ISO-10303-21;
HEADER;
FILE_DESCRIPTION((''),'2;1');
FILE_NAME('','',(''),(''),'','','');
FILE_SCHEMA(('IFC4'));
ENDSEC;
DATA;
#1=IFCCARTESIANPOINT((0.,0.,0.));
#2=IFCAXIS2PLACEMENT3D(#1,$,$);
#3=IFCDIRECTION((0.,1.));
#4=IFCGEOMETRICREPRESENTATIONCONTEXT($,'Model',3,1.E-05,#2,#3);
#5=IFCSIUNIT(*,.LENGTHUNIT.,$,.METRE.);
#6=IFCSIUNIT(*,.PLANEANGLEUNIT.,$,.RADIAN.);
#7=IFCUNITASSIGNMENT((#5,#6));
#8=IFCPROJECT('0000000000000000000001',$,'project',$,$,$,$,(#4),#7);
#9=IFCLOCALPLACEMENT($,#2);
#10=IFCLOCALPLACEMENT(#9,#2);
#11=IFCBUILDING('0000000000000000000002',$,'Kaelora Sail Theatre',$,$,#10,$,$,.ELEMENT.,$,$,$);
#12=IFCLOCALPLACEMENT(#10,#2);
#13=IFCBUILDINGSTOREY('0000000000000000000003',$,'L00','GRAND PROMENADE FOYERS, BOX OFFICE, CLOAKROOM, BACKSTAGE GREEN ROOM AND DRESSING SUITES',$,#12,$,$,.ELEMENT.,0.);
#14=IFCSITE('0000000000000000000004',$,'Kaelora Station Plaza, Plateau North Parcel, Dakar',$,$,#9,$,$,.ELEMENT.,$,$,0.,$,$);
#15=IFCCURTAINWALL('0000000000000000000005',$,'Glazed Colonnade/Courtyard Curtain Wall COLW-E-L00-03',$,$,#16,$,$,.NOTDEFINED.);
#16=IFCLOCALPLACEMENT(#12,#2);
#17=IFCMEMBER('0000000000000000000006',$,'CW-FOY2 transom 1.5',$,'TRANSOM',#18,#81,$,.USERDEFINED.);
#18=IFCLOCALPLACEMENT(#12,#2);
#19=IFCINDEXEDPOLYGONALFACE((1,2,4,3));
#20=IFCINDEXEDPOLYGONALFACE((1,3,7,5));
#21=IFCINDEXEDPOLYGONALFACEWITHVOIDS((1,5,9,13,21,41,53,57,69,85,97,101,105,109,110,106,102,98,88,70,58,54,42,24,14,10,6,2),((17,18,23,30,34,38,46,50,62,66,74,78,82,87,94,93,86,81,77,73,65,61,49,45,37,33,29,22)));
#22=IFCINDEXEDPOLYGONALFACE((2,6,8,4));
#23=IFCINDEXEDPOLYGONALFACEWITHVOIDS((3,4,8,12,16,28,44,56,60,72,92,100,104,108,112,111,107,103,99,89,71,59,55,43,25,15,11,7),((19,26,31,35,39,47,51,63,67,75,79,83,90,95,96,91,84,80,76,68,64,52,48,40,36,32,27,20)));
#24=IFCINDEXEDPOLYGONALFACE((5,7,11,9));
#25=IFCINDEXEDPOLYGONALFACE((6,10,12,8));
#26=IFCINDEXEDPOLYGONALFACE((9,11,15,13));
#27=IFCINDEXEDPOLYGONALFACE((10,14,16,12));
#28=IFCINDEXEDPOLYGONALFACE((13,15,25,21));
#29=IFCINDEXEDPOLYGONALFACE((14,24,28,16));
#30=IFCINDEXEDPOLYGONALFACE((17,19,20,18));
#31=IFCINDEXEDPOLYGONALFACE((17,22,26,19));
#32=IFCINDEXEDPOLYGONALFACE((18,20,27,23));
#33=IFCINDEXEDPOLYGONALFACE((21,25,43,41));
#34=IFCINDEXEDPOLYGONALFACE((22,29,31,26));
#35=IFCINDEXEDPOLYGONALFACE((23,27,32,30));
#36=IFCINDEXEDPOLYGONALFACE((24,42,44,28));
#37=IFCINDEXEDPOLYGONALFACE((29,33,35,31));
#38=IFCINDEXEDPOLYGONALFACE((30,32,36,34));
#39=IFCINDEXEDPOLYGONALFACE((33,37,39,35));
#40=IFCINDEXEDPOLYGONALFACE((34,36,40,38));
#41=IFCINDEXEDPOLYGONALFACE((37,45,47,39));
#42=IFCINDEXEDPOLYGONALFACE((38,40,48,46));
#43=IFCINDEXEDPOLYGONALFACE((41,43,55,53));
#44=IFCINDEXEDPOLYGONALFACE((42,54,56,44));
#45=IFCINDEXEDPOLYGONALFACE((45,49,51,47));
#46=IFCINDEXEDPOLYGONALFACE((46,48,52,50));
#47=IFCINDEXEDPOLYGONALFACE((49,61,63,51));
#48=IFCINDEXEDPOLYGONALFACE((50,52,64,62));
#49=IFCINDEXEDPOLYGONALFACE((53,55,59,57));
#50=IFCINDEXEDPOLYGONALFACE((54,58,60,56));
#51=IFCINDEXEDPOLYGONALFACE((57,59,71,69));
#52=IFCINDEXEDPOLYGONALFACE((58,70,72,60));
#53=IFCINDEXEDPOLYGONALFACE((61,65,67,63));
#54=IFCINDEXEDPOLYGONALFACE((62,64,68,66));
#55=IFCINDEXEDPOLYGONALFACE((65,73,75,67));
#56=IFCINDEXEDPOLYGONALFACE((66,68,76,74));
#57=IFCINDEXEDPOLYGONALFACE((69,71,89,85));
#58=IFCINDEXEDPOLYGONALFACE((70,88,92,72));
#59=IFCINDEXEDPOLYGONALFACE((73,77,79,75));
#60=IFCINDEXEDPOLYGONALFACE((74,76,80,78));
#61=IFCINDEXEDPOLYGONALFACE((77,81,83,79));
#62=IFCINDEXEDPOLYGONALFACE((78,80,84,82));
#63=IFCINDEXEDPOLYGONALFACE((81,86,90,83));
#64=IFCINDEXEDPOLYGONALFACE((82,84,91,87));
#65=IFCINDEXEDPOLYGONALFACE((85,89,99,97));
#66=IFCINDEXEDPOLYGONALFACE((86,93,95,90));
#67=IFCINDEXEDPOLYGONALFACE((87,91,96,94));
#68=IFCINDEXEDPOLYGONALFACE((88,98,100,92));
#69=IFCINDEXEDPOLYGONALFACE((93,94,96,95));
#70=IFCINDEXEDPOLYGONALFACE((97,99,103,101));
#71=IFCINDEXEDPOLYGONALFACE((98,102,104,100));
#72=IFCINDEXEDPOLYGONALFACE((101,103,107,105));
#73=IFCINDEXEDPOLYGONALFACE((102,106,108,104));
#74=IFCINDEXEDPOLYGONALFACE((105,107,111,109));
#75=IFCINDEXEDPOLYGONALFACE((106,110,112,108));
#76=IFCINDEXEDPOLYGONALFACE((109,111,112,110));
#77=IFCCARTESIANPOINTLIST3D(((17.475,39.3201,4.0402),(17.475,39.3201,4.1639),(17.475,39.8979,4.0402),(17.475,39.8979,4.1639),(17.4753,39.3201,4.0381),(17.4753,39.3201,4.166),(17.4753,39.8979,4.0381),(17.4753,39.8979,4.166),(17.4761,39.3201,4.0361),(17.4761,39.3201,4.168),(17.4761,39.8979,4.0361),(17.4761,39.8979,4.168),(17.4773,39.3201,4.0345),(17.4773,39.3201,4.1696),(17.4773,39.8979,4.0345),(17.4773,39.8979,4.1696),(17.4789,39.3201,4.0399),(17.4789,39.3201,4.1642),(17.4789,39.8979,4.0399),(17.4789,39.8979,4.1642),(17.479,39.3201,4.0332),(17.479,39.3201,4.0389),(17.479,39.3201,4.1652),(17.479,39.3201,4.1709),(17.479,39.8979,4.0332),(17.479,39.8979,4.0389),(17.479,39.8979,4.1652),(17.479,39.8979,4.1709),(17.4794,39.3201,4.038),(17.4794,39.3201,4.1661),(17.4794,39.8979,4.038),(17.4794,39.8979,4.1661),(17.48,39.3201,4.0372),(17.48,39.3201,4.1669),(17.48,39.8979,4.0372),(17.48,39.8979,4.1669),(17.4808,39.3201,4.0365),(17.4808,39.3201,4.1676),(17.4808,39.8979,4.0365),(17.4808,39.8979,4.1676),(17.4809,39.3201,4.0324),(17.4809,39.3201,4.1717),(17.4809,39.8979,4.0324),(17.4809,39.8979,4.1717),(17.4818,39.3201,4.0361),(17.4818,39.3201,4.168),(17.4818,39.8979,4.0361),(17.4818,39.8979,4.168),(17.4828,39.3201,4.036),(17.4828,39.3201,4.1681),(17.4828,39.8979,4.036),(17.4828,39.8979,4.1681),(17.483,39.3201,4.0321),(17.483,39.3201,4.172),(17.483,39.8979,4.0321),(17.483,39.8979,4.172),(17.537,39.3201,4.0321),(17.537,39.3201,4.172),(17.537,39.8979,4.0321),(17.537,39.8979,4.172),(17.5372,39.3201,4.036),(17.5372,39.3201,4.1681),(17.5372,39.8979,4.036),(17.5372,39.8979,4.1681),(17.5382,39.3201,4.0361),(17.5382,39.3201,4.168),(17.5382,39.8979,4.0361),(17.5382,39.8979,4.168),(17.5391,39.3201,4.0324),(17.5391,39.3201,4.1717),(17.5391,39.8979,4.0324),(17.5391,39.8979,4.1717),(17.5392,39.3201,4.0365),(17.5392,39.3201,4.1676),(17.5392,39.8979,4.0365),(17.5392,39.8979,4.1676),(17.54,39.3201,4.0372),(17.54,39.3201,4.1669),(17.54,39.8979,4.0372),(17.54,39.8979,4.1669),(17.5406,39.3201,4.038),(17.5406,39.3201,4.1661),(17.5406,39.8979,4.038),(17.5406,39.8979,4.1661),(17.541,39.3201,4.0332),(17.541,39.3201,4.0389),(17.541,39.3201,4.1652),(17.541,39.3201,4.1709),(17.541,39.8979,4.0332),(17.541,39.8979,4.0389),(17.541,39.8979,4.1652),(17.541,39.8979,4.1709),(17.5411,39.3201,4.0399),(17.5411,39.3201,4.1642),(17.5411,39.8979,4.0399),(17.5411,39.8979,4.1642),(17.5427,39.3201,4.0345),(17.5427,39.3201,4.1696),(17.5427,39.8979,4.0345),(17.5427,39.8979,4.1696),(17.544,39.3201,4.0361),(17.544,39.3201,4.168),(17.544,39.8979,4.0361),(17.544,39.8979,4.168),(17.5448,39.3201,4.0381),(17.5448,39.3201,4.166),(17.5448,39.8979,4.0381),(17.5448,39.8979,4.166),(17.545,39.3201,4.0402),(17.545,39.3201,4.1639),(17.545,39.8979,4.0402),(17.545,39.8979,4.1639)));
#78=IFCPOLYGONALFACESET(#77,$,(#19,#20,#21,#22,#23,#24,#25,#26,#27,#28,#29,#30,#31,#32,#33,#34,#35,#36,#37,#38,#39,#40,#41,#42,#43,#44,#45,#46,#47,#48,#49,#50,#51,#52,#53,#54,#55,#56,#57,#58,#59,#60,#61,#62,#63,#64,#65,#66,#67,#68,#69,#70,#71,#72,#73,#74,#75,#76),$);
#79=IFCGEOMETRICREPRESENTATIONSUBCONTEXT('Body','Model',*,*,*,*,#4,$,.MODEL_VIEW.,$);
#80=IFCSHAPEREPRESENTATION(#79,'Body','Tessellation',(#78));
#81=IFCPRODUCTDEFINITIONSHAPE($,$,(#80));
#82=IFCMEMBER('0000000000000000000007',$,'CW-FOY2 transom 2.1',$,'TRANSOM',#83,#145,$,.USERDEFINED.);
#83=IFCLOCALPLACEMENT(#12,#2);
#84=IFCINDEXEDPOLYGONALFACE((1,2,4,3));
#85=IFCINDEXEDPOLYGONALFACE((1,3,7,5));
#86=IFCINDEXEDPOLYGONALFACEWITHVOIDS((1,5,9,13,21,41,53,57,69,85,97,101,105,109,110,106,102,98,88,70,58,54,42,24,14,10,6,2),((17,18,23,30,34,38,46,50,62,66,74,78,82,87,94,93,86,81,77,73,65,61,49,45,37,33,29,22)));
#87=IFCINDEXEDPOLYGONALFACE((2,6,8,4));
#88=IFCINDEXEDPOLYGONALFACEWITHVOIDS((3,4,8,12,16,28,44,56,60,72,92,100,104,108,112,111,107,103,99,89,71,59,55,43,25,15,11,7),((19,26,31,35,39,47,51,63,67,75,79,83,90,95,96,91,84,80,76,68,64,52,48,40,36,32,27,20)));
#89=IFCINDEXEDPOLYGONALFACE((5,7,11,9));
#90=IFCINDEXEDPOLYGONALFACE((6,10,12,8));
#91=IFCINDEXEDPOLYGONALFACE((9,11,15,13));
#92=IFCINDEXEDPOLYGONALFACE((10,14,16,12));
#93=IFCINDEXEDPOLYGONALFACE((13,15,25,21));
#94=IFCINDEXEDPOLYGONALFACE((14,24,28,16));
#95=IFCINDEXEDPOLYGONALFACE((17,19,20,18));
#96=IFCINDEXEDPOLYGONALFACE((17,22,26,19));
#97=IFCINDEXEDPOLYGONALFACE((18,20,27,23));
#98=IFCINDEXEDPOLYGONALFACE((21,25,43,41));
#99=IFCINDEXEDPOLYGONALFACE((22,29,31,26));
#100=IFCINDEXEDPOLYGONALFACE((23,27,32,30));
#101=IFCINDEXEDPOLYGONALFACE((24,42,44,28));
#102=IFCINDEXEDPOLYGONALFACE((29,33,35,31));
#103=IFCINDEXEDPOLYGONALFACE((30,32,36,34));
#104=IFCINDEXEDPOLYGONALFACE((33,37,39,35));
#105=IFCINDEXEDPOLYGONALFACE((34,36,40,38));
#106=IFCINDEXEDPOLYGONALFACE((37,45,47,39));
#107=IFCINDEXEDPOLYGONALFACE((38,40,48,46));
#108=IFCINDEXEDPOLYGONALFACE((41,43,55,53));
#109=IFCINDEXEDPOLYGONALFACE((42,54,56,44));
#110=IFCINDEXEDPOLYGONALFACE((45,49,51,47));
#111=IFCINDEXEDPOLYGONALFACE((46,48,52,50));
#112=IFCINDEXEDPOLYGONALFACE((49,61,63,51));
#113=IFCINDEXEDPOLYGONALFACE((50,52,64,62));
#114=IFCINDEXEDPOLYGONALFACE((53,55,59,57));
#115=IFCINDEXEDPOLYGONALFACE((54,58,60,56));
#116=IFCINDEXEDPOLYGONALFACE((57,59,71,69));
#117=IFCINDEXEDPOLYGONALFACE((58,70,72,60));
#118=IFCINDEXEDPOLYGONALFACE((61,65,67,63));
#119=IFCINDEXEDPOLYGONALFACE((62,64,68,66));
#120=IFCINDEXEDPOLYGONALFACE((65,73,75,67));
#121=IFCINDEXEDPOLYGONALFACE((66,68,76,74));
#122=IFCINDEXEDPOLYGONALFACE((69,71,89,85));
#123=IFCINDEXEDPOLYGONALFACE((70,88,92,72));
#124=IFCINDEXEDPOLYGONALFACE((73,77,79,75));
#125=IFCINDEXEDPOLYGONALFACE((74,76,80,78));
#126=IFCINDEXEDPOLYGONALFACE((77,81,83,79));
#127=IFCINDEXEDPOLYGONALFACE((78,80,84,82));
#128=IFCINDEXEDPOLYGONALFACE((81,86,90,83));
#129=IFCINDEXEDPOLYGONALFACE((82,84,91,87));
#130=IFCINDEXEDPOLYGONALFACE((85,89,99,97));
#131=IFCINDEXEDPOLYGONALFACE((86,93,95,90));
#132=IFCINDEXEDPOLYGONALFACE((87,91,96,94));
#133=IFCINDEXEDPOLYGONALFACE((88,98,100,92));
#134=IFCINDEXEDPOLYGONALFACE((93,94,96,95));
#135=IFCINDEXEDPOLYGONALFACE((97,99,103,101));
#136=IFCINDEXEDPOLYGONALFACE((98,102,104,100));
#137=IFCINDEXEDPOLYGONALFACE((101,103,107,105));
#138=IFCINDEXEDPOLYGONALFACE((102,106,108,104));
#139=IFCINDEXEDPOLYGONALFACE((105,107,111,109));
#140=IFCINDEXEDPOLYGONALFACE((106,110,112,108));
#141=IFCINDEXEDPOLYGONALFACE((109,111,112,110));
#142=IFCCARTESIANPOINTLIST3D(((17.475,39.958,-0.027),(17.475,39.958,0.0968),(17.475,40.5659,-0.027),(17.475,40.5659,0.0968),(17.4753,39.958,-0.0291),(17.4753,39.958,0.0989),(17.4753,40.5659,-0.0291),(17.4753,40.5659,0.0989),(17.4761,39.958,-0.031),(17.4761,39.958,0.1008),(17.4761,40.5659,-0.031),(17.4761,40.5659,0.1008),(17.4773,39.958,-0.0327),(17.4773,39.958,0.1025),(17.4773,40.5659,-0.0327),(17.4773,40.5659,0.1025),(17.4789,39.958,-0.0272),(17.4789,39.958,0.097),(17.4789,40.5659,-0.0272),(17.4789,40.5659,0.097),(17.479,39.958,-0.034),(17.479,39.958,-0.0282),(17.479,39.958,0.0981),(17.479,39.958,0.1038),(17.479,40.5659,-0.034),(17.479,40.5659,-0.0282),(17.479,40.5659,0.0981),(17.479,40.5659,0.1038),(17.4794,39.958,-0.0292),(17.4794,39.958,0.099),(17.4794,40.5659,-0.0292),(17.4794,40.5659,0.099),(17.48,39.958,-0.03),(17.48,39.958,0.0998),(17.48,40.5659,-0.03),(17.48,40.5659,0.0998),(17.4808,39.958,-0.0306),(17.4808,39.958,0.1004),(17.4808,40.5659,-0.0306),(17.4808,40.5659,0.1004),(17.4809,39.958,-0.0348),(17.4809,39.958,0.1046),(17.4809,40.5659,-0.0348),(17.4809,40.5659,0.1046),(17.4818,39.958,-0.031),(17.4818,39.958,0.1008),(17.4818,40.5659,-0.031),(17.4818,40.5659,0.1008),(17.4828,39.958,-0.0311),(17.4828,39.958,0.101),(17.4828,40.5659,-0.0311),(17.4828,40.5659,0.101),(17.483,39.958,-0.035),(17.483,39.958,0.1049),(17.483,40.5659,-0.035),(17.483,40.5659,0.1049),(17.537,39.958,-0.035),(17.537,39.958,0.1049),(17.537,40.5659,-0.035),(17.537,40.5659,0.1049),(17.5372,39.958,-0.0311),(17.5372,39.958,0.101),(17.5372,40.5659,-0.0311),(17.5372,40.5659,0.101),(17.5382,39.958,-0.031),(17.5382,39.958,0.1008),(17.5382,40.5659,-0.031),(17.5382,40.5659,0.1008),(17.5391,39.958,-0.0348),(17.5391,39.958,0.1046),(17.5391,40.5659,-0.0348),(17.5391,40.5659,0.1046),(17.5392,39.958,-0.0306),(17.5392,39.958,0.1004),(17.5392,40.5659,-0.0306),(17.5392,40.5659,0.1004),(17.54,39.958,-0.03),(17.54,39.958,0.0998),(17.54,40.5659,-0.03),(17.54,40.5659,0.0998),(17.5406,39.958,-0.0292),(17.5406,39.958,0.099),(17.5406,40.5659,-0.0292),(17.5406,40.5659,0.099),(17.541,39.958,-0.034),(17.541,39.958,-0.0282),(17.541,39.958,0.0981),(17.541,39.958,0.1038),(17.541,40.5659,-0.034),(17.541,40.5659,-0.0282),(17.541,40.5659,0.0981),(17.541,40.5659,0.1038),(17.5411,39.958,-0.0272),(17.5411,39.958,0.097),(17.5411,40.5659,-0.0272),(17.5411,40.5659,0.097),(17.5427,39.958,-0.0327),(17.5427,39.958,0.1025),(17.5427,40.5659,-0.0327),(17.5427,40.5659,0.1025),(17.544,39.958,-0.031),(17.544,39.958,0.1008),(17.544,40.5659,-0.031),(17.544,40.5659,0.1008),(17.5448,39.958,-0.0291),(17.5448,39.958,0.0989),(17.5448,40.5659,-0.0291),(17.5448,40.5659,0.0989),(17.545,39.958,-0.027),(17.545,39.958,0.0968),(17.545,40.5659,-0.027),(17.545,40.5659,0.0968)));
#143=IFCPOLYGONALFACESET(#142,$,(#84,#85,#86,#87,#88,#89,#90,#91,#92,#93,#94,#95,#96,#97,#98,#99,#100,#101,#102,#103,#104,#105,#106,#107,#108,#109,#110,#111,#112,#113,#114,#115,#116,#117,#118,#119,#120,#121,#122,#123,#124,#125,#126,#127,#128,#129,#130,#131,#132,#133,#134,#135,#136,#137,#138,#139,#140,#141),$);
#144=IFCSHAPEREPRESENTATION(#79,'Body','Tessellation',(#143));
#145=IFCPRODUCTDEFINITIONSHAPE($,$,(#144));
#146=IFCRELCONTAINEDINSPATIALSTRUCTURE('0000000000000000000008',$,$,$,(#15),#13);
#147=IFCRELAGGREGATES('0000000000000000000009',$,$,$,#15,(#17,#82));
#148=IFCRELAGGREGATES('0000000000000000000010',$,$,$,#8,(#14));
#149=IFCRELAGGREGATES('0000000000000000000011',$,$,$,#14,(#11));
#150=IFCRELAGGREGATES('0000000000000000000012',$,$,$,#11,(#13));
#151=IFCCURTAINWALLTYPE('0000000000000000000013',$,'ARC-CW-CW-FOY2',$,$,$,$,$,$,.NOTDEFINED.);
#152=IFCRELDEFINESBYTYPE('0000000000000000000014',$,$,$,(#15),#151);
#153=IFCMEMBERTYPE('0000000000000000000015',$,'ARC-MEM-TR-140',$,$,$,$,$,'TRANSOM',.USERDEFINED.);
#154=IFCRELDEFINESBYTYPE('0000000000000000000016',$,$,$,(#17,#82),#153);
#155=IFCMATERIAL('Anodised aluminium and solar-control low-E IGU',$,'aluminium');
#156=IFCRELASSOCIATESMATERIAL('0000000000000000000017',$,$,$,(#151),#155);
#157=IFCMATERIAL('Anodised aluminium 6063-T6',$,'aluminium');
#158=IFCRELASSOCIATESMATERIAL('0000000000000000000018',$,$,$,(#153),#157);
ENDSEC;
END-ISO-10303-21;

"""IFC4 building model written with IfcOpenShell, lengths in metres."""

from ifc_helpers import new_model, si_unit, direction, frame, origin, origin_2d, place, context, subcontext, project, spatial, hollow_rectangle, extrude, material, material_profile, profile_set, type_object, element, aggregate, save


model = new_model("IFC4")

# Units and contexts
model_context = context("Model", 3, precision=1e-05, world=origin(), true_north=direction((0.0, 1.0)))
body_context = subcontext(model_context, "Body", "Model", "MODEL_VIEW")
ifc_project = project(units=[si_unit("LENGTHUNIT", "METRE"), si_unit("PLANEANGLEUNIT", "RADIAN")], contexts=[model_context])

# Site, building, storey
site_placement = place(None, origin())
site = spatial("IfcSite", under=ifc_project, at=site_placement, Name="Kaelora Station Plaza, Plateau North Parcel, Dakar", CompositionType="ELEMENT", RefElevation=0.0)
building_placement = place(site_placement, origin())
building = spatial("IfcBuilding", under=site, at=building_placement, Name="Kaelora Sail Theatre", CompositionType="ELEMENT")
storey_placement = place(building_placement, origin())
storey = spatial("IfcBuildingStorey", under=building, at=storey_placement, Name="L00", Description="GRAND PROMENADE FOYERS, BOX OFFICE, CLOAKROOM, BACKSTAGE GREEN ROOM AND DRESSING SUITES", CompositionType="ELEMENT", Elevation=0.0)

# Curtain wall, members
ifc_material_1 = material(Name="Anodised aluminium and solar-control low-E IGU", Category="aluminium")
curtain_wall_type = type_object("IfcCurtainWallType", Name="ARC-CW-CW-FOY2", PredefinedType="NOTDEFINED", material=ifc_material_1)
curtain_wall_placement = place(storey_placement, origin())
curtain_wall = element("IfcCurtainWall", 1, at=curtain_wall_placement, inside=storey, type_object=curtain_wall_type, Name="Glazed Colonnade/Courtyard Curtain Wall COLW-E-L00-03", PredefinedType="NOTDEFINED")
ifc_material_2 = material(Name="Anodised aluminium 6063-T6", Category="aluminium")
ifc_material_profile_1 = material_profile(ifc_material_2, hollow_rectangle(XDim=0.0701, YDim=0.1399, WallThickness=0.0039, InnerFilletRadius=0.0039, OuterFilletRadius=0.0081, at=origin_2d()), Name="ALU-TRAN 70x140x4")
ifc_profile_set_1 = profile_set([ifc_material_profile_1], Name="Anodised aluminium 6063-T6")
member_type_1 = type_object("IfcMemberType", Name="ARC-MEM-TR-140", ElementType="TRANSOM", PredefinedType="USERDEFINED", material=ifc_profile_set_1)
member_1_placement = place(storey_placement, frame((17.51, 39.3201, 4.1021), z_axis=(0.0, 1.0, 0.0), x_axis=(-1.0, 0.0, 0.0)))
member_1 = element("IfcMember", 2, at=member_1_placement, type_object=member_type_1, Name="CW-FOY2 transom 1.5", ObjectType="TRANSOM", PredefinedType="USERDEFINED", context=body_context, shape_type="SweptSolid", body=[
    extrude(hollow_rectangle(XDim=0.0701, YDim=0.1399, WallThickness=0.0039, InnerFilletRadius=0.0039, OuterFilletRadius=0.0081, at=origin_2d()), origin(), (0.0, 0.0, 1.0), 0.5779),
])
member_2_placement = place(storey_placement, frame((17.51, 39.958, 0.0349), z_axis=(0.0, 1.0, 0.0), x_axis=(-1.0, 0.0, 0.0)))
member_2 = element("IfcMember", 3, at=member_2_placement, type_object=member_type_1, Name="CW-FOY2 transom 2.1", ObjectType="TRANSOM", PredefinedType="USERDEFINED", context=body_context, shape_type="SweptSolid", body=[
    extrude(hollow_rectangle(XDim=0.0701, YDim=0.1399, WallThickness=0.0039, InnerFilletRadius=0.0039, OuterFilletRadius=0.0081, at=origin_2d()), origin(), (0.0, 0.0, 1.0), 0.6079),
])
aggregate(curtain_wall, [member_1, member_2])

save(model, "model.ifc")
